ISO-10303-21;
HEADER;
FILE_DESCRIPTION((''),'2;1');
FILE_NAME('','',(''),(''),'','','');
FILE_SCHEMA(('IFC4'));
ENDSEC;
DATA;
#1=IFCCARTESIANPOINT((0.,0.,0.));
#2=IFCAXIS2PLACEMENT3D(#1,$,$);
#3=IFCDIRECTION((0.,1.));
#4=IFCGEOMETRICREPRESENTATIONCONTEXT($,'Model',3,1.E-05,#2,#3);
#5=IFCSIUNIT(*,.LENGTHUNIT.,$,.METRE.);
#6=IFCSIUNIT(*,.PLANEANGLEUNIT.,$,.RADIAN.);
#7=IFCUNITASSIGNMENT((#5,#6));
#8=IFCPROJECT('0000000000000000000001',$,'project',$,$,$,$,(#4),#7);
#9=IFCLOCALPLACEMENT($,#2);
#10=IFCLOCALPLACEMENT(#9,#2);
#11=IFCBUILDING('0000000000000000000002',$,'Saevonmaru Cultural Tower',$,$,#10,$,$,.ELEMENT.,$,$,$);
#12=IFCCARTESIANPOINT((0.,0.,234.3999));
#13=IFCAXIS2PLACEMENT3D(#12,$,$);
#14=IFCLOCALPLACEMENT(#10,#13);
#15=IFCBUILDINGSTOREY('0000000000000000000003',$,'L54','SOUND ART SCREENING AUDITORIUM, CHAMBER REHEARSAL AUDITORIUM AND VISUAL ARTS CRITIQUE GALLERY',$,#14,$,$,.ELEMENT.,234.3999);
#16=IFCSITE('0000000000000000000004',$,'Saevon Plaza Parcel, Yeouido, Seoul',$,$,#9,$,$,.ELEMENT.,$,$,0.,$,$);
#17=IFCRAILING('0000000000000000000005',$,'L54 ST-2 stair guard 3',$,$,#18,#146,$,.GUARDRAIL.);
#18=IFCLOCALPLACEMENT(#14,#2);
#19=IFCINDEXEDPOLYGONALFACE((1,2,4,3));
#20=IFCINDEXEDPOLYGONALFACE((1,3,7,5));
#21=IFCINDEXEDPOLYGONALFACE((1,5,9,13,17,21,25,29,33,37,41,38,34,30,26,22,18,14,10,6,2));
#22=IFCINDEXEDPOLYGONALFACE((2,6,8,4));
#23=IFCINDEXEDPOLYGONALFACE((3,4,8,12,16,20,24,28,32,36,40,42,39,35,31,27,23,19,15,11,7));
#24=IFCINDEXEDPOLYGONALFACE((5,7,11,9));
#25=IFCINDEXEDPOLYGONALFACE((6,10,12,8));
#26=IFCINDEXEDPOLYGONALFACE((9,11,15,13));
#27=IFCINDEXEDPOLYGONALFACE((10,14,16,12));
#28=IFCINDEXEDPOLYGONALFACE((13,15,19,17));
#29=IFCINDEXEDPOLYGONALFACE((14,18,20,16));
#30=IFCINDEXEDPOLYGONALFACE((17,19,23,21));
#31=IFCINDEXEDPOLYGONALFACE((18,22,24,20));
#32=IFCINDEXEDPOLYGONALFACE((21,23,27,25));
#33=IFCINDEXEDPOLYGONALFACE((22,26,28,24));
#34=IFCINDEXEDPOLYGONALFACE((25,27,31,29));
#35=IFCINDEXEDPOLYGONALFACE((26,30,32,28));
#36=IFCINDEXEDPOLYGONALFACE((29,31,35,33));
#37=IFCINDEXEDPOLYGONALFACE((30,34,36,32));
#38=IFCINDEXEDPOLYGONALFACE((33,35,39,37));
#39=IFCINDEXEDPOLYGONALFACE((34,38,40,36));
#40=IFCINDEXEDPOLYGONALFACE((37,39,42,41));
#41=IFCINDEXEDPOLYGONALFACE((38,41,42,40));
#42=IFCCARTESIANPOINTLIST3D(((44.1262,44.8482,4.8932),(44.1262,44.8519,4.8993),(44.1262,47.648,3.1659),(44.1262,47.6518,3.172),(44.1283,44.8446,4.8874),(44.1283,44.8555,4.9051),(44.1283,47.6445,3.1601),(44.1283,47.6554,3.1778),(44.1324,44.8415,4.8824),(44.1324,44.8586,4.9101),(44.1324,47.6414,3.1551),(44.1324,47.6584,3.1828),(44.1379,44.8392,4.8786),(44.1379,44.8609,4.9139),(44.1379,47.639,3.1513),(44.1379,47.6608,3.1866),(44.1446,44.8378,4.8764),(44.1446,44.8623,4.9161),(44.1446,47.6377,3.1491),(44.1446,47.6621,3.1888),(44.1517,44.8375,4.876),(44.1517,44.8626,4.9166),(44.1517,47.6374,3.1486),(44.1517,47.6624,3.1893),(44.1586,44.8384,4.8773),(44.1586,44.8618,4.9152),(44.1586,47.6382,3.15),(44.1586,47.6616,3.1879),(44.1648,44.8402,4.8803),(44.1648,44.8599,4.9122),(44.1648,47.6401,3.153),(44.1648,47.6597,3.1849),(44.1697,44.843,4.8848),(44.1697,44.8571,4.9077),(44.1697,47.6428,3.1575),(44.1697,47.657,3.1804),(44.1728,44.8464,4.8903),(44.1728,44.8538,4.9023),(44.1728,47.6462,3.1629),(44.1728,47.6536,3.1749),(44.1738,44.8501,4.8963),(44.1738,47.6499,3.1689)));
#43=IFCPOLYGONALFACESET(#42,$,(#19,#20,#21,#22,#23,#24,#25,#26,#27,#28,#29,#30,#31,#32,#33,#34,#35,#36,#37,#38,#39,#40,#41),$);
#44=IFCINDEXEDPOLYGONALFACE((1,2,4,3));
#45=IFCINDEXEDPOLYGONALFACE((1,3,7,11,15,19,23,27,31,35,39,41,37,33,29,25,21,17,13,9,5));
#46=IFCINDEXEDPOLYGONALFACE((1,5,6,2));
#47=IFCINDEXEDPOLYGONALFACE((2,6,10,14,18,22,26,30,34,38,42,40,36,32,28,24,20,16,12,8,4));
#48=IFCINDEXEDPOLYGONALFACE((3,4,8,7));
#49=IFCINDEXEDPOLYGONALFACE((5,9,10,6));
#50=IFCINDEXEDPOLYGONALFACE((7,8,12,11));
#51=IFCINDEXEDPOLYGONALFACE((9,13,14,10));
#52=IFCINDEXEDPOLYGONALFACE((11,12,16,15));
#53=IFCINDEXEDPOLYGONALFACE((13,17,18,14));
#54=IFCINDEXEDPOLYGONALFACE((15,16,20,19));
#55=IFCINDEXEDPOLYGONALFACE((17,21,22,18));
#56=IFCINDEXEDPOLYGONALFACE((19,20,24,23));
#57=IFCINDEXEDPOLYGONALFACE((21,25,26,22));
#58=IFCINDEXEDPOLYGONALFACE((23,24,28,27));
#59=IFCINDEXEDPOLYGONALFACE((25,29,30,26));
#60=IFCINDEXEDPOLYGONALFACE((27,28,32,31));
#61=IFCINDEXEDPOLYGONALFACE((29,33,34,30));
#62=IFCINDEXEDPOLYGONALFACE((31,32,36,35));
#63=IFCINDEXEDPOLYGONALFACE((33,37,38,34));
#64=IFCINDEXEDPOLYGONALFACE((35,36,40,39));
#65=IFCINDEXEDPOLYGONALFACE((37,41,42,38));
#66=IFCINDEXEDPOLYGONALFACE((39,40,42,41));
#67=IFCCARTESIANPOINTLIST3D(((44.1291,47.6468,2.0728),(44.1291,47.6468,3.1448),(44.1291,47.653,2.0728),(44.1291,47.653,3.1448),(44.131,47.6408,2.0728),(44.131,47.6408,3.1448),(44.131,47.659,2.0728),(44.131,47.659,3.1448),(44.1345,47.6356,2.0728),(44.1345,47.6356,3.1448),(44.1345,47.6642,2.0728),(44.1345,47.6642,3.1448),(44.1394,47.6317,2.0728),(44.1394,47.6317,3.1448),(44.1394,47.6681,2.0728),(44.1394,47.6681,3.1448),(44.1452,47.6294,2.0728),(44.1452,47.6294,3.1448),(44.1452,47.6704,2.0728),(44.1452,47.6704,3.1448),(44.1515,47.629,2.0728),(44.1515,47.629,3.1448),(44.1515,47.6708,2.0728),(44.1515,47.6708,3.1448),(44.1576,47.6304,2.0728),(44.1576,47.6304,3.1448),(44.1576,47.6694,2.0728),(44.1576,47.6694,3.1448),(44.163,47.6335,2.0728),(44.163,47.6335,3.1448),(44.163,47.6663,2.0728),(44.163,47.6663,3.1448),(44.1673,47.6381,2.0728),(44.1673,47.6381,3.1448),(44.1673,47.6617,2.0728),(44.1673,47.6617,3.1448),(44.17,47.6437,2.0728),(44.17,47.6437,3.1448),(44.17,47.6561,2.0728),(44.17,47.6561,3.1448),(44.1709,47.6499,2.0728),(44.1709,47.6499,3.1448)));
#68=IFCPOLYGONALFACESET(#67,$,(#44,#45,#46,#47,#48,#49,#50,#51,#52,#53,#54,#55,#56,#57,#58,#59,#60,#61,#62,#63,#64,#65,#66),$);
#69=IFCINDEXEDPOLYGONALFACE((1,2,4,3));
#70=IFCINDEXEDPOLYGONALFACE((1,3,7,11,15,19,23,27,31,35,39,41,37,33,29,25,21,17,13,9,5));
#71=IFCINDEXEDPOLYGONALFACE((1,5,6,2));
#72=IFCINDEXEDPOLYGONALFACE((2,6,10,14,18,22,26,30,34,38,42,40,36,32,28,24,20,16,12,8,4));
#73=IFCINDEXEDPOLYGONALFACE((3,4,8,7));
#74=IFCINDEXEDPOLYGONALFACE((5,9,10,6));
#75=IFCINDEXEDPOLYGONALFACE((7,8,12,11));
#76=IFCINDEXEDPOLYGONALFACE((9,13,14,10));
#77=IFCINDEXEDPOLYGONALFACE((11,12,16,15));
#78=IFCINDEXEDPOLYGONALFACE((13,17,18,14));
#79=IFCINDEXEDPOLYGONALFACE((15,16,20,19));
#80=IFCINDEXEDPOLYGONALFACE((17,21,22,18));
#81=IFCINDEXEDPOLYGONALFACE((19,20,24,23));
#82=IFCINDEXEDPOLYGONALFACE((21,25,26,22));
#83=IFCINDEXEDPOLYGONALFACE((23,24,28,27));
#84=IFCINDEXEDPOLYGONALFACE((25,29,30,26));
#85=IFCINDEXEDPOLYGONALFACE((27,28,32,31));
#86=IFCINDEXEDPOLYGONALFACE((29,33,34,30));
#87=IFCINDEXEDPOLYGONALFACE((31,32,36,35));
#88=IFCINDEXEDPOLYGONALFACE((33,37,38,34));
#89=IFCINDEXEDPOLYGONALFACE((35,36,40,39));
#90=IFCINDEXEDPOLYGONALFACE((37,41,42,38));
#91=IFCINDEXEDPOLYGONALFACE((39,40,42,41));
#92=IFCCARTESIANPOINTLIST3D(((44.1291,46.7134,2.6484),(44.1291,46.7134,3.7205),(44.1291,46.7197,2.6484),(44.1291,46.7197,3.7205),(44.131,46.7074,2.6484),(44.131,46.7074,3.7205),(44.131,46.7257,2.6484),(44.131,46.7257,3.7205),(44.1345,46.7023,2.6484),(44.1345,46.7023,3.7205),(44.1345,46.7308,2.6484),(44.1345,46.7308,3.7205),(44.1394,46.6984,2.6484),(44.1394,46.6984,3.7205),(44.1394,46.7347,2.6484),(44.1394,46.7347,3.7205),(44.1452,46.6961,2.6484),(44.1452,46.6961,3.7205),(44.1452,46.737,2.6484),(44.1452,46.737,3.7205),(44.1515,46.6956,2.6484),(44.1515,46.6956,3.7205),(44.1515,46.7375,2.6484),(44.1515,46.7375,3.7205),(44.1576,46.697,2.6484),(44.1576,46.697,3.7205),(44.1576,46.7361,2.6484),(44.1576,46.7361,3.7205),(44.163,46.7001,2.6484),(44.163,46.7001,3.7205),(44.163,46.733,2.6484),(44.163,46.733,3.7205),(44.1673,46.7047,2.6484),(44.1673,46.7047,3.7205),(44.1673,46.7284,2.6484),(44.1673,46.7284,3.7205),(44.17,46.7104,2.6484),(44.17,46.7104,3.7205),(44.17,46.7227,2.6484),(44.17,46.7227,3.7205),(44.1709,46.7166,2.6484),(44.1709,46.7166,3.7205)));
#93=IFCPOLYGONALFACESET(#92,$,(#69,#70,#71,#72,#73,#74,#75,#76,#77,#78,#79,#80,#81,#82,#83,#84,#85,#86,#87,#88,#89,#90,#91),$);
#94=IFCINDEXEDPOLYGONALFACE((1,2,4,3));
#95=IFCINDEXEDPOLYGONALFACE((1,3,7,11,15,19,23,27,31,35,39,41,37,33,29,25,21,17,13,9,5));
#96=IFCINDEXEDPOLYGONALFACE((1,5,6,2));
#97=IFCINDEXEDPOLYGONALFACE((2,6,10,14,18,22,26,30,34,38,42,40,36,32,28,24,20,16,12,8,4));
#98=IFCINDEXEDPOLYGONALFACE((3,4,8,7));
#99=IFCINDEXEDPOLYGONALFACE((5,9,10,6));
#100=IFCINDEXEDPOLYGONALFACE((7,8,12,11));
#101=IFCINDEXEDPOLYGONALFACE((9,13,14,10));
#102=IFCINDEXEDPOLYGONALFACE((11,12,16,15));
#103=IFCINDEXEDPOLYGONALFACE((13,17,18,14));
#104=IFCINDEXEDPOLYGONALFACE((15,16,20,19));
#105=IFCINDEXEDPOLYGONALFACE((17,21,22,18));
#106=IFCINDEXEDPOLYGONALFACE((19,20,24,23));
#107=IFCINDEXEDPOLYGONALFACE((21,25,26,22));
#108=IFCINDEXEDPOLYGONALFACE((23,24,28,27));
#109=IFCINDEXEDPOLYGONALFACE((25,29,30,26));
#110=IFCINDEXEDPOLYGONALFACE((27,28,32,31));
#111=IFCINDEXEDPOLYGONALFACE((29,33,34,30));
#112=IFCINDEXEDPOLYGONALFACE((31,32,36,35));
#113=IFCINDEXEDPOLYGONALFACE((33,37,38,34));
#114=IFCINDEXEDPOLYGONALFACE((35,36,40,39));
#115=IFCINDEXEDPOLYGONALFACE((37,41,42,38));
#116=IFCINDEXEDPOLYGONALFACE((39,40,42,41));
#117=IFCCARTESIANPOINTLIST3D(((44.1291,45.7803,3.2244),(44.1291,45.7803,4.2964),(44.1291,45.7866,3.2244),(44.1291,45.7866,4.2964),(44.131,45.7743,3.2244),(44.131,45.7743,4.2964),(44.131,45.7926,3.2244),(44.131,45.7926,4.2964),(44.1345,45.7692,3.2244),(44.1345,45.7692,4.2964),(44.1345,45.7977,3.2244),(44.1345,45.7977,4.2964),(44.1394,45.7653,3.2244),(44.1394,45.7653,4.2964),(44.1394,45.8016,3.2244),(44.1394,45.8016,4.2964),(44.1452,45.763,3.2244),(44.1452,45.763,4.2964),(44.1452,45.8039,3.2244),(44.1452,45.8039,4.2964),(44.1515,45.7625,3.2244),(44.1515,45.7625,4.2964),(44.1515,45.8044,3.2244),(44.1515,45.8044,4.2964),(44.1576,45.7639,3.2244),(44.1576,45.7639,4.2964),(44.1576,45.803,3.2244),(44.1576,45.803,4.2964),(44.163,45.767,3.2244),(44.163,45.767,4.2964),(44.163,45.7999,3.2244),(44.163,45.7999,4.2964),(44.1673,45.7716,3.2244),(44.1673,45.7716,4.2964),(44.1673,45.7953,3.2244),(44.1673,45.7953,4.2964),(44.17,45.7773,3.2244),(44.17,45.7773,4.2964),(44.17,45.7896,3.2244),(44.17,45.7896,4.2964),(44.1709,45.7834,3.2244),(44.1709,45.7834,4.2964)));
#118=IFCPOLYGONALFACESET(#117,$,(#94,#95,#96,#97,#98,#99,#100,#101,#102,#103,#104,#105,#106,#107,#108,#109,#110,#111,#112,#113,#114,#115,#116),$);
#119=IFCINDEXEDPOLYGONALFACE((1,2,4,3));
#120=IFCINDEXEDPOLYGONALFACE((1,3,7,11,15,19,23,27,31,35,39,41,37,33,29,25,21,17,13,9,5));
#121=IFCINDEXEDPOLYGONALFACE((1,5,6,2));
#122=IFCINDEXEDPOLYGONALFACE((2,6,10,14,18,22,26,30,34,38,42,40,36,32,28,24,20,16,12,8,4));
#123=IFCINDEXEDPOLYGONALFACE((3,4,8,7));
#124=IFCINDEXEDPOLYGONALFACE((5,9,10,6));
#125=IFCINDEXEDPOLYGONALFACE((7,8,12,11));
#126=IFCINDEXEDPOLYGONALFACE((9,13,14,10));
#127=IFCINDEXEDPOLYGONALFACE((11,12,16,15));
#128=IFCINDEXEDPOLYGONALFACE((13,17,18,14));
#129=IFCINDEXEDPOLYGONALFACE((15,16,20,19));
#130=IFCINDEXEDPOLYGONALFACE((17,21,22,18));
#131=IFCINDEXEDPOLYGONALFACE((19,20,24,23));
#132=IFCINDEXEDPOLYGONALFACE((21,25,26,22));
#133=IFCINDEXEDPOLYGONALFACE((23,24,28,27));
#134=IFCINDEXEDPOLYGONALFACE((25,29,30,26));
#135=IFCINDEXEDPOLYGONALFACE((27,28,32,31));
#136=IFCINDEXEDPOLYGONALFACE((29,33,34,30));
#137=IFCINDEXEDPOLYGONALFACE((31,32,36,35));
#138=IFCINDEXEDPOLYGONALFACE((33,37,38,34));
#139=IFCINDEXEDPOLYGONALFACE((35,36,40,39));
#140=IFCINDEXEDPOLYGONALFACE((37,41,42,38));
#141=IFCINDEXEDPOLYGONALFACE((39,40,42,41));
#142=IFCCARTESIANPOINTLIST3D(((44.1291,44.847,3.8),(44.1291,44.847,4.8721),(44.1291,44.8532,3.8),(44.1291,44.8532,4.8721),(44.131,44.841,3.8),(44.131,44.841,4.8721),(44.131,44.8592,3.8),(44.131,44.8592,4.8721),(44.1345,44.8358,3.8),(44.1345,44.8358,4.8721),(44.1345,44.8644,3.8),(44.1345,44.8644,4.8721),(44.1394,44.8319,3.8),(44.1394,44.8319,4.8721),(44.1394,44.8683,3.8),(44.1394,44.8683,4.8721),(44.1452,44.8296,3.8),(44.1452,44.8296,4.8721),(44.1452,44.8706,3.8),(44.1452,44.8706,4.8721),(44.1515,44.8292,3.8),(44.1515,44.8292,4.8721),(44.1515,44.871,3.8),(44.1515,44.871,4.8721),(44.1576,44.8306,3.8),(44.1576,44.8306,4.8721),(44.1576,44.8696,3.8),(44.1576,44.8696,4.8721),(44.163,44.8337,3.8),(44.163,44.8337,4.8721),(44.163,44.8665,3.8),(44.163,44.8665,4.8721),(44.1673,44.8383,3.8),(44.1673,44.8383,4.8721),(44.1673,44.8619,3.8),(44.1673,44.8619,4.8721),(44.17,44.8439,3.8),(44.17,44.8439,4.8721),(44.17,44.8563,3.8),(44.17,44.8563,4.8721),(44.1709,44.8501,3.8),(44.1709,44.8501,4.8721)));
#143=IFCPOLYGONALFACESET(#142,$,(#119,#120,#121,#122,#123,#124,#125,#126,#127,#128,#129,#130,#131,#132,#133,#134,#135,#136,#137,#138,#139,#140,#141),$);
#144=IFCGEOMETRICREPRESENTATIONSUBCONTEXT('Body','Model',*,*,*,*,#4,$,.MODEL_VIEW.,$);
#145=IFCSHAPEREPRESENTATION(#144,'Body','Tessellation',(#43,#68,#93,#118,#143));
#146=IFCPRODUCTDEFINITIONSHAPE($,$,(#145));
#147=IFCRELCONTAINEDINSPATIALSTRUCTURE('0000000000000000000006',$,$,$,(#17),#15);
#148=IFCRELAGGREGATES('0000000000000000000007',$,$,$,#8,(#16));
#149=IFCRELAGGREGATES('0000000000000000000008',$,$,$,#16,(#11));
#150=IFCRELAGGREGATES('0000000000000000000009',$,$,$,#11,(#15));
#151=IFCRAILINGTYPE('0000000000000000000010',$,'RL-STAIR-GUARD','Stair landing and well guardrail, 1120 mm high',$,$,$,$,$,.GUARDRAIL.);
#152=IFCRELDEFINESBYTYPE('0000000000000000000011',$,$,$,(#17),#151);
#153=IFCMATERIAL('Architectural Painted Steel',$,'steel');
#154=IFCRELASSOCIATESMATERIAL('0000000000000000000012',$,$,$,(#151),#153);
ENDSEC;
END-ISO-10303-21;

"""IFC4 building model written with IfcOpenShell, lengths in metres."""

from ifc_helpers import new_model, si_unit, direction, frame, origin, origin_2d, place, context, subcontext, project, spatial, circle, extrude, material, type_object, element, save


model = new_model("IFC4")

# Units and contexts
model_context = context("Model", 3, precision=1e-05, world=origin(), true_north=direction((0.0, 1.0)))
body_context = subcontext(model_context, "Body", "Model", "MODEL_VIEW")
ifc_project = project(units=[si_unit("LENGTHUNIT", "METRE"), si_unit("PLANEANGLEUNIT", "RADIAN")], contexts=[model_context])

# Site, building, storey
site_placement = place(None, origin())
site = spatial("IfcSite", under=ifc_project, at=site_placement, Name="Saevon Plaza Parcel, Yeouido, Seoul", CompositionType="ELEMENT", RefElevation=0.0)
building_placement = place(site_placement, origin())
building = spatial("IfcBuilding", under=site, at=building_placement, Name="Saevonmaru Cultural Tower", CompositionType="ELEMENT")
storey_placement = place(building_placement, frame((0.0, 0.0, 234.3999)))
storey = spatial("IfcBuildingStorey", under=building, at=storey_placement, Name="L54", Description="SOUND ART SCREENING AUDITORIUM, CHAMBER REHEARSAL AUDITORIUM AND VISUAL ARTS CRITIQUE GALLERY", CompositionType="ELEMENT", Elevation=234.3999)

# Railing
ifc_material_1 = material(Name="Architectural Painted Steel", Category="steel")
railing_type_1 = type_object("IfcRailingType", Name="RL-STAIR-GUARD", Description="Stair landing and well guardrail, 1120 mm high", PredefinedType="GUARDRAIL", material=ifc_material_1)
railing_1_placement = place(storey_placement, frame((44.1499, 47.6499, 2.0728)))
element("IfcRailing", 1, at=railing_1_placement, inside=storey, type_object=railing_type_1, Name="L54 ST-2 stair guard 3", PredefinedType="GUARDRAIL", context=body_context, shape_type="SweptSolid", body=[
    extrude(circle(Radius=0.0239, at=origin_2d()), frame((0.0, 0.0, 1.0962), z_axis=(0.0, -0.851069, 0.525054), x_axis=(1.0, 0.0, 0.0)), (0.0, 0.0, 1.0), 3.2898),
    extrude(circle(Radius=0.021, at=origin_2d()), origin(), (0.0, 0.0, 1.0), 1.072),
    extrude(circle(Radius=0.021, at=origin_2d()), frame((0.0, -0.9333, 0.5757)), (0.0, 0.0, 1.0), 1.072),
    extrude(circle(Radius=0.021, at=origin_2d()), frame((0.0, -1.8665, 1.1516)), (0.0, 0.0, 1.0), 1.072),
    extrude(circle(Radius=0.021, at=origin_2d()), frame((0.0, -2.7998, 1.7273)), (0.0, 0.0, 1.0), 1.072),
])

save(model, "model.ifc")
